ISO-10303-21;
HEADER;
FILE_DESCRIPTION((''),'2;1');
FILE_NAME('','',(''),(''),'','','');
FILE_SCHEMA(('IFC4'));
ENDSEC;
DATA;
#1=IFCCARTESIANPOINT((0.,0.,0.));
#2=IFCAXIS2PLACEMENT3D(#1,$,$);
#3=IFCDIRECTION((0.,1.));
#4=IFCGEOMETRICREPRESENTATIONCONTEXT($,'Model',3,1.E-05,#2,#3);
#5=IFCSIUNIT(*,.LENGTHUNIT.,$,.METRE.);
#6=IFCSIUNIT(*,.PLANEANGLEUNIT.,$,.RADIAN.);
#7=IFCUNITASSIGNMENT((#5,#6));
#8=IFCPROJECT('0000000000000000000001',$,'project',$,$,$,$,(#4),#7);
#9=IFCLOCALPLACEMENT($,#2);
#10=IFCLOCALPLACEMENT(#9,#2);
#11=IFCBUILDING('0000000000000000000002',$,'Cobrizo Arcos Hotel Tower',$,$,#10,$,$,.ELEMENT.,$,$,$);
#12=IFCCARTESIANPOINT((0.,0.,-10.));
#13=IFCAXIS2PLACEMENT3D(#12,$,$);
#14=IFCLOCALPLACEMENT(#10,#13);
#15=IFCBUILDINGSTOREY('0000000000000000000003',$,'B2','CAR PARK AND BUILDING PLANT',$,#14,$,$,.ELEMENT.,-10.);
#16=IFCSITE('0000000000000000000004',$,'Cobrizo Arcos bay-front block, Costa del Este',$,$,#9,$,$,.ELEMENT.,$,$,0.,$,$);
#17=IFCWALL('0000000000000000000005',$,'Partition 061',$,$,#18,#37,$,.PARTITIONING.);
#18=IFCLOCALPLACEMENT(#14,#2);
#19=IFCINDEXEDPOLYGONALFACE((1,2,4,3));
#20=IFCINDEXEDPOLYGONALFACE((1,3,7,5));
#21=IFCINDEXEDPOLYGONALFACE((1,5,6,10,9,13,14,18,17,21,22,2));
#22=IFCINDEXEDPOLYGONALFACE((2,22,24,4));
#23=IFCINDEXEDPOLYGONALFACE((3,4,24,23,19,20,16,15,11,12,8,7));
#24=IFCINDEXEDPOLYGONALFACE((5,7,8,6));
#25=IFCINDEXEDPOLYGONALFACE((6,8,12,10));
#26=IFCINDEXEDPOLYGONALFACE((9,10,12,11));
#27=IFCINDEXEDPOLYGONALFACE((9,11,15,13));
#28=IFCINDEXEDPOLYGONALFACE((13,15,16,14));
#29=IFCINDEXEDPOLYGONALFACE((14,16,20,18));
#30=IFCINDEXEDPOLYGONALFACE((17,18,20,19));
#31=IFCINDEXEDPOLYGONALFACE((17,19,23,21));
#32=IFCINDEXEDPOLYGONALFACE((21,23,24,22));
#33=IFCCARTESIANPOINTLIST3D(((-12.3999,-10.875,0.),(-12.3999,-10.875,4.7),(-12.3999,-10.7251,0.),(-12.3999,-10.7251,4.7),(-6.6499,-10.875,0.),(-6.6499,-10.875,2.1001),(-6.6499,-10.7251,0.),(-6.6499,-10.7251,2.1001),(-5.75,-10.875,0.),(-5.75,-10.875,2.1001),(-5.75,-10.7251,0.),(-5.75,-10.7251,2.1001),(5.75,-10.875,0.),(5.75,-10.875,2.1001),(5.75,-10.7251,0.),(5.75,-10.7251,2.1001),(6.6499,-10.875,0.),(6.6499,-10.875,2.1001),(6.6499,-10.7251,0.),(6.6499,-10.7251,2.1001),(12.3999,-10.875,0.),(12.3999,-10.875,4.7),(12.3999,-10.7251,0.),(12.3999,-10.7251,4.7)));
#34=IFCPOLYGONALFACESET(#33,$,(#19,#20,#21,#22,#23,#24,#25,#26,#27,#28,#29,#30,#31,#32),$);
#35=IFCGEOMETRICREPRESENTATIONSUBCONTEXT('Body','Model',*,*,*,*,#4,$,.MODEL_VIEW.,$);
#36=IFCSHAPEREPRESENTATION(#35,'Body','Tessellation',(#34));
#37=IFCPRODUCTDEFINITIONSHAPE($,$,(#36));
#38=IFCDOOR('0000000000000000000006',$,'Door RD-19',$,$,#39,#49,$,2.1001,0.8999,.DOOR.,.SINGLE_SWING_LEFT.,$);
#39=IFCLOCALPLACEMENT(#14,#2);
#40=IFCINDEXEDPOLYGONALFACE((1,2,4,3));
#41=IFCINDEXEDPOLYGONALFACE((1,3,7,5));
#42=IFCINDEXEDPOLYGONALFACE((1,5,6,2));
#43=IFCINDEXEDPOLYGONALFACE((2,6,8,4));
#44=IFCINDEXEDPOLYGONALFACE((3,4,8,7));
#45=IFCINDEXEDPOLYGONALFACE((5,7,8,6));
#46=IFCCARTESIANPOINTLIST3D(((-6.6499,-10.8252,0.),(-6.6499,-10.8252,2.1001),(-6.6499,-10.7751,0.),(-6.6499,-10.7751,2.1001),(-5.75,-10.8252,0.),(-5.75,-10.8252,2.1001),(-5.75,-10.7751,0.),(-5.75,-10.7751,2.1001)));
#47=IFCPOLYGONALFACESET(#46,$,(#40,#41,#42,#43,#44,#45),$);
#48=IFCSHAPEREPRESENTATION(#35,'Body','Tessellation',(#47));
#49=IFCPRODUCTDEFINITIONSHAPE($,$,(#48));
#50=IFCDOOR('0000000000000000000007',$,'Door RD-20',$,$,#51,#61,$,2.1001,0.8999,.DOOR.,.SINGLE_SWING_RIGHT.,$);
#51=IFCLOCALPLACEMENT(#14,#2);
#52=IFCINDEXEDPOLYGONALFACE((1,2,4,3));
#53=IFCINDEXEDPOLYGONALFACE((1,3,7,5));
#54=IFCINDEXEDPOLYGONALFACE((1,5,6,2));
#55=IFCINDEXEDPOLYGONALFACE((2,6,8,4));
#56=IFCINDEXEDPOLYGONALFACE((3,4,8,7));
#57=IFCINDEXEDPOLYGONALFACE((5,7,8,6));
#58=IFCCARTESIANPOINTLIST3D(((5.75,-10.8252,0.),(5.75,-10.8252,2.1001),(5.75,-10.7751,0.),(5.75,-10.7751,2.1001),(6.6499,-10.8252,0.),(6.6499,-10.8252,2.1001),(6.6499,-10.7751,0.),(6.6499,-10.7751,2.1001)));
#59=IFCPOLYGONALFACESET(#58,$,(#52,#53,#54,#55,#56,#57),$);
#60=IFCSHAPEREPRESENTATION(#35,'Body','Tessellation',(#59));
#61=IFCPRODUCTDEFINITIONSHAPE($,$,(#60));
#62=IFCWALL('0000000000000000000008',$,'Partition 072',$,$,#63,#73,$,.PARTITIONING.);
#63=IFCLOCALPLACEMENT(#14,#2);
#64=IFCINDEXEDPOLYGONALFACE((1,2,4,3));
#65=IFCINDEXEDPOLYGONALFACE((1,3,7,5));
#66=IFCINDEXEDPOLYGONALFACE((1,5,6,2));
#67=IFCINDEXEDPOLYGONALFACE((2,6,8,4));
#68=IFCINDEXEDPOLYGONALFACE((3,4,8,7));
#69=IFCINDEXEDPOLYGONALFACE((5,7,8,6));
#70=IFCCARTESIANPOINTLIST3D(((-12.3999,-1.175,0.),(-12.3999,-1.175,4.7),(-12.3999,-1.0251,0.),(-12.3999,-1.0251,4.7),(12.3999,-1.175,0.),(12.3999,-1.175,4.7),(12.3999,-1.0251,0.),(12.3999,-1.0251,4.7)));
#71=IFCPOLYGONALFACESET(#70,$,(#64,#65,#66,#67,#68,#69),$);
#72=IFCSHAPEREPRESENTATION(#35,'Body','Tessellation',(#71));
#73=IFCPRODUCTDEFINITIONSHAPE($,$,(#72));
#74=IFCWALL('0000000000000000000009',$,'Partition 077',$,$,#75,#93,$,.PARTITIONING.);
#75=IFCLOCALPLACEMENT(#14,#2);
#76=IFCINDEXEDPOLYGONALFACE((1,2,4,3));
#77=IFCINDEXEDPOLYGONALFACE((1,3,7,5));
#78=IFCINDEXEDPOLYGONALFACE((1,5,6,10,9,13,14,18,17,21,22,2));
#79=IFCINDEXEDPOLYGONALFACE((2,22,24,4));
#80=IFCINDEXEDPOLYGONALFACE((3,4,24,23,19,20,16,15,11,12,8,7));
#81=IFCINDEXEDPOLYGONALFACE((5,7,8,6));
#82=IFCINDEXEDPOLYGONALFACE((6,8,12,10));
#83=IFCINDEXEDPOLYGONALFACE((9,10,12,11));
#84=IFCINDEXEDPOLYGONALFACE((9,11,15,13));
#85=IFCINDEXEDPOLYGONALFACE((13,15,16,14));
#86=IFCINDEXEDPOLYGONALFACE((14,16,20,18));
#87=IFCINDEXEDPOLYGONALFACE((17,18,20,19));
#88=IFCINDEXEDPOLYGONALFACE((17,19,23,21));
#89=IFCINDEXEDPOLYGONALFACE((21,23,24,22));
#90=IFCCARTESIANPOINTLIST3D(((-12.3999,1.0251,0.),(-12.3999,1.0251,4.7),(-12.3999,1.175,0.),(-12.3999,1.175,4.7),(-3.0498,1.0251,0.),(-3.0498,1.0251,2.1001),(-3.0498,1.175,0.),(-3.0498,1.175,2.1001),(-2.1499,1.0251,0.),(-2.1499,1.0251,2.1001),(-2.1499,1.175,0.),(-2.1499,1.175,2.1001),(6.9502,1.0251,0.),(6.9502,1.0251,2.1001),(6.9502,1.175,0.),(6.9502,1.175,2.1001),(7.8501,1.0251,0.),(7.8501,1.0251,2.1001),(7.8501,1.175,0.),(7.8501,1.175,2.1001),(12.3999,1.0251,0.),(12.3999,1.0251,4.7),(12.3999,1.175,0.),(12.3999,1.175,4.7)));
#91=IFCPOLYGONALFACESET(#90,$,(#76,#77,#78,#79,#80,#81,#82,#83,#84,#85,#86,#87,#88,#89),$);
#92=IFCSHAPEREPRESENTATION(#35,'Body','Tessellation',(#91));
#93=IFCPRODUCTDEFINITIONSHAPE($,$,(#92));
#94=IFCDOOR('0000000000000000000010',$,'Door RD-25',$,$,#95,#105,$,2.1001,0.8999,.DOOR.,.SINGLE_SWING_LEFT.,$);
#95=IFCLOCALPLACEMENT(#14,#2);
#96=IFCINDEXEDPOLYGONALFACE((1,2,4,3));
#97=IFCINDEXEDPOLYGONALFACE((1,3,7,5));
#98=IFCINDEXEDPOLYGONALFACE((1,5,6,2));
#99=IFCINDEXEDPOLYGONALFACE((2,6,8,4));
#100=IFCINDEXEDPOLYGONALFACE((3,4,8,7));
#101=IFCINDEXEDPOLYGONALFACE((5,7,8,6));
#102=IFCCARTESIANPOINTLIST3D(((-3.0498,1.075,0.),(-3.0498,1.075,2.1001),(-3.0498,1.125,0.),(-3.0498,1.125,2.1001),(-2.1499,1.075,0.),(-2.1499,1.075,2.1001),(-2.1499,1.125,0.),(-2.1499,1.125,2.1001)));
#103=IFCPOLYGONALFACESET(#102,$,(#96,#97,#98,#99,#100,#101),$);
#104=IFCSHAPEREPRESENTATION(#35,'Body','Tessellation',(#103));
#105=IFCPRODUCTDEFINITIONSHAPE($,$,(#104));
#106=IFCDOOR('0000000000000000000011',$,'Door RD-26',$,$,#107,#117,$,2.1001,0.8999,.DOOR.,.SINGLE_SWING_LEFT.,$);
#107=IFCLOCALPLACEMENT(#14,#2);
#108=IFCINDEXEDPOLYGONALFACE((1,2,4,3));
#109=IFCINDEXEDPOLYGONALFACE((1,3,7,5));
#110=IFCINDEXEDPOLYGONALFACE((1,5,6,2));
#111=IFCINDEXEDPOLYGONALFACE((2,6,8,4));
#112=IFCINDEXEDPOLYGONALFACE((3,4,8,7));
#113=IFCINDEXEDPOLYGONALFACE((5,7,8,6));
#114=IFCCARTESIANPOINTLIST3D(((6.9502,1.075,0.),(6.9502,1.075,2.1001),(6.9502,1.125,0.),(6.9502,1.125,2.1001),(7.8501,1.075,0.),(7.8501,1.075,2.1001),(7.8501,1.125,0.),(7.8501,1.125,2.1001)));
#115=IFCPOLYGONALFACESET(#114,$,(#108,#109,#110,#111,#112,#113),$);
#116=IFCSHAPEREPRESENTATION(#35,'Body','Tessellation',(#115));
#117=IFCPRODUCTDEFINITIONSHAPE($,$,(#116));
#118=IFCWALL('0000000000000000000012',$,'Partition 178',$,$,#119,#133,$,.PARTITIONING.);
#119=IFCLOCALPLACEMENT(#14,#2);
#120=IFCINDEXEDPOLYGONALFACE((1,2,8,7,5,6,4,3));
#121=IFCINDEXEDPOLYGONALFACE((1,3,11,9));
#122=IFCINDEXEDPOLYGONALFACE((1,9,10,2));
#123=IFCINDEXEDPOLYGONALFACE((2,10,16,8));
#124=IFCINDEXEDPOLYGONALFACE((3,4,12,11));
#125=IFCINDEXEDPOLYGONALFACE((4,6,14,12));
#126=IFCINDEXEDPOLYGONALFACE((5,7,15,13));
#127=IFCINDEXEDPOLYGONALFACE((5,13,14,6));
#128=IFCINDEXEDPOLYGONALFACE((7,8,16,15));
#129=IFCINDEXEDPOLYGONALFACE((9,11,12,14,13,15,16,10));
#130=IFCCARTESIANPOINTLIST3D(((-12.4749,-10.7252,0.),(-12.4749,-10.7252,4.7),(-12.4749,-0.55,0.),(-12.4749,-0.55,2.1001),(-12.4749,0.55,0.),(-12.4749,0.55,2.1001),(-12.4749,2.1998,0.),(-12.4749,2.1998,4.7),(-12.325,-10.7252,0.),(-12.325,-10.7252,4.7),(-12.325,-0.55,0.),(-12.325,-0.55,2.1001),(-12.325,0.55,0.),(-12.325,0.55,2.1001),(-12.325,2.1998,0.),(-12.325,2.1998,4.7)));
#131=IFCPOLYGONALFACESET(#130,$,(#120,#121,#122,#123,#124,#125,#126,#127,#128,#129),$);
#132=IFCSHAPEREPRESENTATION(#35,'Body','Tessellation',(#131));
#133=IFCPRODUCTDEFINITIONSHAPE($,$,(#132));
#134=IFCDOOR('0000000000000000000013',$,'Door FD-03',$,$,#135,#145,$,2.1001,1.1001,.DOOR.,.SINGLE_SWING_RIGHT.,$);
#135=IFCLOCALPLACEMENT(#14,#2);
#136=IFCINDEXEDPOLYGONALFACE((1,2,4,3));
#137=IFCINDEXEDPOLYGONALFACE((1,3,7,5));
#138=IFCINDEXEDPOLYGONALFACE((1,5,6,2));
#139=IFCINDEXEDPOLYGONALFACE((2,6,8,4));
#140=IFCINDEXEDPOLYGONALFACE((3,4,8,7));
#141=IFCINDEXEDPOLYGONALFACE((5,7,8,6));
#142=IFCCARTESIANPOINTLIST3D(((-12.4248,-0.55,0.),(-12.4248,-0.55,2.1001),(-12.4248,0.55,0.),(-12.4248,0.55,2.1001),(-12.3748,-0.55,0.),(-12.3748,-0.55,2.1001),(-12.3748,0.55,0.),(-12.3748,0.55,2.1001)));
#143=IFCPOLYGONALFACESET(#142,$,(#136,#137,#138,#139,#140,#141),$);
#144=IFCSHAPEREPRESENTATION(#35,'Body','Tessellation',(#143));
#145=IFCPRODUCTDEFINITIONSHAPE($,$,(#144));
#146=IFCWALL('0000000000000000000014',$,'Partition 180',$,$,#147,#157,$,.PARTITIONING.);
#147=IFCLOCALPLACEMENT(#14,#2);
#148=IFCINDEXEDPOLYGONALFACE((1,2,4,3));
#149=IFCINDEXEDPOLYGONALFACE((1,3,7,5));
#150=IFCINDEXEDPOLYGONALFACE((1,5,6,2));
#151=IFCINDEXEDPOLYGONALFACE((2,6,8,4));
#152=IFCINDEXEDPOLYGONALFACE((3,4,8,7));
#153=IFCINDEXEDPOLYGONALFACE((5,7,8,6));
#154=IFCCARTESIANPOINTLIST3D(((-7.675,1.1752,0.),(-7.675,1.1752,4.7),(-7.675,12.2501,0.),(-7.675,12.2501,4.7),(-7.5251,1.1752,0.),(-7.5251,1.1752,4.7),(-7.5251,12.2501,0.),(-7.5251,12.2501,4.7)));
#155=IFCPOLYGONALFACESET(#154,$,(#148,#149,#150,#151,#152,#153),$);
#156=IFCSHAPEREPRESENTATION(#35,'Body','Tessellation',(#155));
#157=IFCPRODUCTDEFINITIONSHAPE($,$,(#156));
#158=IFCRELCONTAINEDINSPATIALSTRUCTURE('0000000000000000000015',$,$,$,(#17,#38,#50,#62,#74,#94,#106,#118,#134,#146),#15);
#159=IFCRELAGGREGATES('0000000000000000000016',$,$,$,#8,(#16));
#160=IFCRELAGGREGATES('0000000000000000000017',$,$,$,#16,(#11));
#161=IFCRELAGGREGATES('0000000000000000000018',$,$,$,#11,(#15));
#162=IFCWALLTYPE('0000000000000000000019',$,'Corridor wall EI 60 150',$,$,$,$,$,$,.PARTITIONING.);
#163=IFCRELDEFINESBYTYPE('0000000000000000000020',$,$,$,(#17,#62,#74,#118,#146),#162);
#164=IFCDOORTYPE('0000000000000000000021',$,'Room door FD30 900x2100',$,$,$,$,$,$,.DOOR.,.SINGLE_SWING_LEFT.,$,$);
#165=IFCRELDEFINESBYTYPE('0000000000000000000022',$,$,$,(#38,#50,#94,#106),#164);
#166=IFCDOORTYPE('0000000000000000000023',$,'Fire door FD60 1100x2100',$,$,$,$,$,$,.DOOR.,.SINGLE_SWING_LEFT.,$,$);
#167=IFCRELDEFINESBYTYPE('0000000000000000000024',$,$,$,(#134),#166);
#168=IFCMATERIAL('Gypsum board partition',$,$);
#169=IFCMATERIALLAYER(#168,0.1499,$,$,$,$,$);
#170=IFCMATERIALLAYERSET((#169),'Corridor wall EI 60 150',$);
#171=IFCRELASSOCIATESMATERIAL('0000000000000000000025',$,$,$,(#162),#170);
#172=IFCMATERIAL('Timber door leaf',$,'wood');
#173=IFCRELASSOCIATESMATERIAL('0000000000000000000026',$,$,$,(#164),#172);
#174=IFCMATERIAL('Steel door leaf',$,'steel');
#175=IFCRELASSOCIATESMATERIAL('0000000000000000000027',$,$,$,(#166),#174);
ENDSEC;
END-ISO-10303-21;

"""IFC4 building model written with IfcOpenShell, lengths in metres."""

from ifc_helpers import new_model, si_unit, direction, frame, frame_2d, origin, place, context, subcontext, project, spatial, rectangle, extrude, material, layer, layer_set, type_object, element, fill, save


model = new_model("IFC4")

# Units and contexts
model_context = context("Model", 3, precision=1e-05, world=origin(), true_north=direction((0.0, 1.0)))
body_context = subcontext(model_context, "Body", "Model", "MODEL_VIEW")
ifc_project = project(units=[si_unit("LENGTHUNIT", "METRE"), si_unit("PLANEANGLEUNIT", "RADIAN")], contexts=[model_context])

# Site, building, storey
site_placement = place(None, origin())
site = spatial("IfcSite", under=ifc_project, at=site_placement, Name="Cobrizo Arcos bay-front block, Costa del Este", CompositionType="ELEMENT", RefElevation=0.0)
building_placement = place(site_placement, origin())
building = spatial("IfcBuilding", under=site, at=building_placement, Name="Cobrizo Arcos Hotel Tower", CompositionType="ELEMENT")
storey_placement = place(building_placement, frame((0.0, 0.0, -10.0)))
storey = spatial("IfcBuildingStorey", under=building, at=storey_placement, Name="B2", Description="CAR PARK AND BUILDING PLANT", CompositionType="ELEMENT", Elevation=-10.0)

# Wall, openings, doors
ifc_material_1 = material(Name="Gypsum board partition")
ifc_layer_1 = layer(ifc_material_1, 0.1499)
ifc_layer_set_1 = layer_set([ifc_layer_1], Name="Corridor wall EI 60 150")
wall_type_1 = type_object("IfcWallType", Name="Corridor wall EI 60 150", PredefinedType="PARTITIONING", material=ifc_layer_set_1)
wall_1_placement = place(storey_placement, frame((-12.3999, -10.8, 0.0), z_axis=(0.0, 0.0, 1.0), x_axis=(1.0, 0.0, 0.0)))
wall_1 = element("IfcWall", 1, at=wall_1_placement, inside=storey, type_object=wall_type_1, Name="Partition 061", PredefinedType="PARTITIONING", context=body_context, shape_type="SweptSolid", body=[
    extrude(rectangle(XDim=24.7998, YDim=0.1499, at=frame_2d((12.3999, 0.0))), origin(), (0.0, 0.0, 1.0), 4.7),
])
opening_1_placement = place(wall_1_placement, frame((5.75, 0.0, 0.0)))
opening_1 = element("IfcOpeningElement", 2, at=opening_1_placement, cuts=wall_1, PredefinedType="OPENING", context=body_context, shape_type="SweptSolid", body=[
    extrude(rectangle(XDim=0.8999, YDim=2.1001, at=frame_2d((0.45, 1.05))), frame((0.0, 0.0869, 0.0), z_axis=(0.0, -1.0, 0.0), x_axis=(1.0, 0.0, 0.0)), (0.0, 0.0, 1.0), 0.1738),
])
opening_2_placement = place(wall_1_placement, frame((18.1499, 0.0, 0.0)))
opening_2 = element("IfcOpeningElement", 3, at=opening_2_placement, cuts=wall_1, PredefinedType="OPENING", context=body_context, shape_type="SweptSolid", body=[
    extrude(rectangle(XDim=0.8999, YDim=2.1001, at=frame_2d((0.45, 1.05))), frame((0.0, 0.0869, 0.0), z_axis=(0.0, -1.0, 0.0), x_axis=(1.0, 0.0, 0.0)), (0.0, 0.0, 1.0), 0.1738),
])
ifc_material_2 = material(Name="Timber door leaf", Category="wood")
door_type_1 = type_object("IfcDoorType", Name="Room door FD30 900x2100", OperationType="SINGLE_SWING_LEFT", PredefinedType="DOOR", material=ifc_material_2)
door_1_placement = place(opening_1_placement, origin())
door_1 = element("IfcDoor", 4, at=door_1_placement, inside=storey, type_object=door_type_1, Name="Door RD-19", OperationType="SINGLE_SWING_LEFT", OverallHeight=2.1001, OverallWidth=0.8999, PredefinedType="DOOR", context=body_context, shape_type="SweptSolid", body=[
    extrude(rectangle(XDim=0.8999, YDim=2.1001, at=frame_2d((0.45, 1.05))), frame((0.0, 0.0249, 0.0), z_axis=(0.0, -1.0, 0.0), x_axis=(1.0, 0.0, 0.0)), (0.0, 0.0, 1.0), 0.05),
])
fill(opening_1, door_1)
door_2_placement = place(opening_2_placement, origin())
door_2 = element("IfcDoor", 5, at=door_2_placement, inside=storey, type_object=door_type_1, Name="Door RD-20", OperationType="SINGLE_SWING_RIGHT", OverallHeight=2.1001, OverallWidth=0.8999, PredefinedType="DOOR", context=body_context, shape_type="SweptSolid", body=[
    extrude(rectangle(XDim=0.8999, YDim=2.1001, at=frame_2d((0.45, 1.05))), frame((0.0, 0.0249, 0.0), z_axis=(0.0, -1.0, 0.0), x_axis=(1.0, 0.0, 0.0)), (0.0, 0.0, 1.0), 0.05),
])
fill(opening_2, door_2)

# Wall
wall_2_placement = place(storey_placement, frame((-12.3999, -1.1001, 0.0), z_axis=(0.0, 0.0, 1.0), x_axis=(1.0, 0.0, 0.0)))
element("IfcWall", 6, at=wall_2_placement, inside=storey, type_object=wall_type_1, Name="Partition 072", PredefinedType="PARTITIONING", context=body_context, shape_type="SweptSolid", body=[
    extrude(rectangle(XDim=24.7998, YDim=0.1499, at=frame_2d((12.3999, 0.0))), origin(), (0.0, 0.0, 1.0), 4.7),
])

# Wall, openings, doors
wall_3_placement = place(storey_placement, frame((-12.3999, 1.1001, 0.0), z_axis=(0.0, 0.0, 1.0), x_axis=(1.0, 0.0, 0.0)))
wall_3 = element("IfcWall", 7, at=wall_3_placement, inside=storey, type_object=wall_type_1, Name="Partition 077", PredefinedType="PARTITIONING", context=body_context, shape_type="SweptSolid", body=[
    extrude(rectangle(XDim=24.7998, YDim=0.1499, at=frame_2d((12.3999, 0.0))), origin(), (0.0, 0.0, 1.0), 4.7),
])
opening_3_placement = place(wall_3_placement, frame((9.3501, 0.0, 0.0)))
opening_3 = element("IfcOpeningElement", 8, at=opening_3_placement, cuts=wall_3, PredefinedType="OPENING", context=body_context, shape_type="SweptSolid", body=[
    extrude(rectangle(XDim=0.8999, YDim=2.1001, at=frame_2d((0.45, 1.05))), frame((0.0, 0.0869, 0.0), z_axis=(0.0, -1.0, 0.0), x_axis=(1.0, 0.0, 0.0)), (0.0, 0.0, 1.0), 0.1738),
])
opening_4_placement = place(wall_3_placement, frame((19.3501, 0.0, 0.0)))
opening_4 = element("IfcOpeningElement", 9, at=opening_4_placement, cuts=wall_3, PredefinedType="OPENING", context=body_context, shape_type="SweptSolid", body=[
    extrude(rectangle(XDim=0.8999, YDim=2.1001, at=frame_2d((0.45, 1.05))), frame((0.0, 0.0869, 0.0), z_axis=(0.0, -1.0, 0.0), x_axis=(1.0, 0.0, 0.0)), (0.0, 0.0, 1.0), 0.1738),
])
door_3_placement = place(opening_3_placement, origin())
door_3 = element("IfcDoor", 10, at=door_3_placement, inside=storey, type_object=door_type_1, Name="Door RD-25", OperationType="SINGLE_SWING_LEFT", OverallHeight=2.1001, OverallWidth=0.8999, PredefinedType="DOOR", context=body_context, shape_type="SweptSolid", body=[
    extrude(rectangle(XDim=0.8999, YDim=2.1001, at=frame_2d((0.45, 1.05))), frame((0.0, 0.0249, 0.0), z_axis=(0.0, -1.0, 0.0), x_axis=(1.0, 0.0, 0.0)), (0.0, 0.0, 1.0), 0.05),
])
fill(opening_3, door_3)
door_4_placement = place(opening_4_placement, origin())
door_4 = element("IfcDoor", 11, at=door_4_placement, inside=storey, type_object=door_type_1, Name="Door RD-26", OperationType="SINGLE_SWING_LEFT", OverallHeight=2.1001, OverallWidth=0.8999, PredefinedType="DOOR", context=body_context, shape_type="SweptSolid", body=[
    extrude(rectangle(XDim=0.8999, YDim=2.1001, at=frame_2d((0.45, 1.05))), frame((0.0, 0.0249, 0.0), z_axis=(0.0, -1.0, 0.0), x_axis=(1.0, 0.0, 0.0)), (0.0, 0.0, 1.0), 0.05),
])
fill(opening_4, door_4)

# Wall, opening, door
wall_4_placement = place(storey_placement, frame((-12.3999, -10.7251, 0.0), z_axis=(0.0, 0.0, 1.0), x_axis=(0.0, 1.0, 0.0)))
wall_4 = element("IfcWall", 12, at=wall_4_placement, inside=storey, type_object=wall_type_1, Name="Partition 178", PredefinedType="PARTITIONING", context=body_context, shape_type="SweptSolid", body=[
    extrude(rectangle(XDim=12.925, YDim=0.1499, at=frame_2d((6.4624, 0.0))), origin(), (0.0, 0.0, 1.0), 4.7),
])
opening_5_placement = place(wall_4_placement, frame((10.175, 0.0, 0.0)))
opening_5 = element("IfcOpeningElement", 13, at=opening_5_placement, cuts=wall_4, PredefinedType="OPENING", context=body_context, shape_type="SweptSolid", body=[
    extrude(rectangle(XDim=1.1001, YDim=2.1001, at=frame_2d((0.55, 1.05))), frame((0.0, 0.0869, 0.0), z_axis=(0.0, -1.0, 0.0), x_axis=(1.0, 0.0, 0.0)), (0.0, 0.0, 1.0), 0.1738),
])
ifc_material_3 = material(Name="Steel door leaf", Category="steel")
door_type_2 = type_object("IfcDoorType", Name="Fire door FD60 1100x2100", OperationType="SINGLE_SWING_LEFT", PredefinedType="DOOR", material=ifc_material_3)
door_5_placement = place(opening_5_placement, origin())
door_5 = element("IfcDoor", 14, at=door_5_placement, inside=storey, type_object=door_type_2, Name="Door FD-03", OperationType="SINGLE_SWING_RIGHT", OverallHeight=2.1001, OverallWidth=1.1001, PredefinedType="DOOR", context=body_context, shape_type="SweptSolid", body=[
    extrude(rectangle(XDim=1.1001, YDim=2.1001, at=frame_2d((0.55, 1.05))), frame((0.0, 0.0249, 0.0), z_axis=(0.0, -1.0, 0.0), x_axis=(1.0, 0.0, 0.0)), (0.0, 0.0, 1.0), 0.05),
])
fill(opening_5, door_5)

# Wall
wall_5_placement = place(storey_placement, frame((-7.6001, 1.175, 0.0), z_axis=(0.0, 0.0, 1.0), x_axis=(0.0, 1.0, 0.0)))
element("IfcWall", 15, at=wall_5_placement, inside=storey, type_object=wall_type_1, Name="Partition 180", PredefinedType="PARTITIONING", context=body_context, shape_type="SweptSolid", body=[
    extrude(rectangle(XDim=11.075, YDim=0.1499, at=frame_2d((5.5376, 0.0))), origin(), (0.0, 0.0, 1.0), 4.7),
])

save(model, "model.ifc")
